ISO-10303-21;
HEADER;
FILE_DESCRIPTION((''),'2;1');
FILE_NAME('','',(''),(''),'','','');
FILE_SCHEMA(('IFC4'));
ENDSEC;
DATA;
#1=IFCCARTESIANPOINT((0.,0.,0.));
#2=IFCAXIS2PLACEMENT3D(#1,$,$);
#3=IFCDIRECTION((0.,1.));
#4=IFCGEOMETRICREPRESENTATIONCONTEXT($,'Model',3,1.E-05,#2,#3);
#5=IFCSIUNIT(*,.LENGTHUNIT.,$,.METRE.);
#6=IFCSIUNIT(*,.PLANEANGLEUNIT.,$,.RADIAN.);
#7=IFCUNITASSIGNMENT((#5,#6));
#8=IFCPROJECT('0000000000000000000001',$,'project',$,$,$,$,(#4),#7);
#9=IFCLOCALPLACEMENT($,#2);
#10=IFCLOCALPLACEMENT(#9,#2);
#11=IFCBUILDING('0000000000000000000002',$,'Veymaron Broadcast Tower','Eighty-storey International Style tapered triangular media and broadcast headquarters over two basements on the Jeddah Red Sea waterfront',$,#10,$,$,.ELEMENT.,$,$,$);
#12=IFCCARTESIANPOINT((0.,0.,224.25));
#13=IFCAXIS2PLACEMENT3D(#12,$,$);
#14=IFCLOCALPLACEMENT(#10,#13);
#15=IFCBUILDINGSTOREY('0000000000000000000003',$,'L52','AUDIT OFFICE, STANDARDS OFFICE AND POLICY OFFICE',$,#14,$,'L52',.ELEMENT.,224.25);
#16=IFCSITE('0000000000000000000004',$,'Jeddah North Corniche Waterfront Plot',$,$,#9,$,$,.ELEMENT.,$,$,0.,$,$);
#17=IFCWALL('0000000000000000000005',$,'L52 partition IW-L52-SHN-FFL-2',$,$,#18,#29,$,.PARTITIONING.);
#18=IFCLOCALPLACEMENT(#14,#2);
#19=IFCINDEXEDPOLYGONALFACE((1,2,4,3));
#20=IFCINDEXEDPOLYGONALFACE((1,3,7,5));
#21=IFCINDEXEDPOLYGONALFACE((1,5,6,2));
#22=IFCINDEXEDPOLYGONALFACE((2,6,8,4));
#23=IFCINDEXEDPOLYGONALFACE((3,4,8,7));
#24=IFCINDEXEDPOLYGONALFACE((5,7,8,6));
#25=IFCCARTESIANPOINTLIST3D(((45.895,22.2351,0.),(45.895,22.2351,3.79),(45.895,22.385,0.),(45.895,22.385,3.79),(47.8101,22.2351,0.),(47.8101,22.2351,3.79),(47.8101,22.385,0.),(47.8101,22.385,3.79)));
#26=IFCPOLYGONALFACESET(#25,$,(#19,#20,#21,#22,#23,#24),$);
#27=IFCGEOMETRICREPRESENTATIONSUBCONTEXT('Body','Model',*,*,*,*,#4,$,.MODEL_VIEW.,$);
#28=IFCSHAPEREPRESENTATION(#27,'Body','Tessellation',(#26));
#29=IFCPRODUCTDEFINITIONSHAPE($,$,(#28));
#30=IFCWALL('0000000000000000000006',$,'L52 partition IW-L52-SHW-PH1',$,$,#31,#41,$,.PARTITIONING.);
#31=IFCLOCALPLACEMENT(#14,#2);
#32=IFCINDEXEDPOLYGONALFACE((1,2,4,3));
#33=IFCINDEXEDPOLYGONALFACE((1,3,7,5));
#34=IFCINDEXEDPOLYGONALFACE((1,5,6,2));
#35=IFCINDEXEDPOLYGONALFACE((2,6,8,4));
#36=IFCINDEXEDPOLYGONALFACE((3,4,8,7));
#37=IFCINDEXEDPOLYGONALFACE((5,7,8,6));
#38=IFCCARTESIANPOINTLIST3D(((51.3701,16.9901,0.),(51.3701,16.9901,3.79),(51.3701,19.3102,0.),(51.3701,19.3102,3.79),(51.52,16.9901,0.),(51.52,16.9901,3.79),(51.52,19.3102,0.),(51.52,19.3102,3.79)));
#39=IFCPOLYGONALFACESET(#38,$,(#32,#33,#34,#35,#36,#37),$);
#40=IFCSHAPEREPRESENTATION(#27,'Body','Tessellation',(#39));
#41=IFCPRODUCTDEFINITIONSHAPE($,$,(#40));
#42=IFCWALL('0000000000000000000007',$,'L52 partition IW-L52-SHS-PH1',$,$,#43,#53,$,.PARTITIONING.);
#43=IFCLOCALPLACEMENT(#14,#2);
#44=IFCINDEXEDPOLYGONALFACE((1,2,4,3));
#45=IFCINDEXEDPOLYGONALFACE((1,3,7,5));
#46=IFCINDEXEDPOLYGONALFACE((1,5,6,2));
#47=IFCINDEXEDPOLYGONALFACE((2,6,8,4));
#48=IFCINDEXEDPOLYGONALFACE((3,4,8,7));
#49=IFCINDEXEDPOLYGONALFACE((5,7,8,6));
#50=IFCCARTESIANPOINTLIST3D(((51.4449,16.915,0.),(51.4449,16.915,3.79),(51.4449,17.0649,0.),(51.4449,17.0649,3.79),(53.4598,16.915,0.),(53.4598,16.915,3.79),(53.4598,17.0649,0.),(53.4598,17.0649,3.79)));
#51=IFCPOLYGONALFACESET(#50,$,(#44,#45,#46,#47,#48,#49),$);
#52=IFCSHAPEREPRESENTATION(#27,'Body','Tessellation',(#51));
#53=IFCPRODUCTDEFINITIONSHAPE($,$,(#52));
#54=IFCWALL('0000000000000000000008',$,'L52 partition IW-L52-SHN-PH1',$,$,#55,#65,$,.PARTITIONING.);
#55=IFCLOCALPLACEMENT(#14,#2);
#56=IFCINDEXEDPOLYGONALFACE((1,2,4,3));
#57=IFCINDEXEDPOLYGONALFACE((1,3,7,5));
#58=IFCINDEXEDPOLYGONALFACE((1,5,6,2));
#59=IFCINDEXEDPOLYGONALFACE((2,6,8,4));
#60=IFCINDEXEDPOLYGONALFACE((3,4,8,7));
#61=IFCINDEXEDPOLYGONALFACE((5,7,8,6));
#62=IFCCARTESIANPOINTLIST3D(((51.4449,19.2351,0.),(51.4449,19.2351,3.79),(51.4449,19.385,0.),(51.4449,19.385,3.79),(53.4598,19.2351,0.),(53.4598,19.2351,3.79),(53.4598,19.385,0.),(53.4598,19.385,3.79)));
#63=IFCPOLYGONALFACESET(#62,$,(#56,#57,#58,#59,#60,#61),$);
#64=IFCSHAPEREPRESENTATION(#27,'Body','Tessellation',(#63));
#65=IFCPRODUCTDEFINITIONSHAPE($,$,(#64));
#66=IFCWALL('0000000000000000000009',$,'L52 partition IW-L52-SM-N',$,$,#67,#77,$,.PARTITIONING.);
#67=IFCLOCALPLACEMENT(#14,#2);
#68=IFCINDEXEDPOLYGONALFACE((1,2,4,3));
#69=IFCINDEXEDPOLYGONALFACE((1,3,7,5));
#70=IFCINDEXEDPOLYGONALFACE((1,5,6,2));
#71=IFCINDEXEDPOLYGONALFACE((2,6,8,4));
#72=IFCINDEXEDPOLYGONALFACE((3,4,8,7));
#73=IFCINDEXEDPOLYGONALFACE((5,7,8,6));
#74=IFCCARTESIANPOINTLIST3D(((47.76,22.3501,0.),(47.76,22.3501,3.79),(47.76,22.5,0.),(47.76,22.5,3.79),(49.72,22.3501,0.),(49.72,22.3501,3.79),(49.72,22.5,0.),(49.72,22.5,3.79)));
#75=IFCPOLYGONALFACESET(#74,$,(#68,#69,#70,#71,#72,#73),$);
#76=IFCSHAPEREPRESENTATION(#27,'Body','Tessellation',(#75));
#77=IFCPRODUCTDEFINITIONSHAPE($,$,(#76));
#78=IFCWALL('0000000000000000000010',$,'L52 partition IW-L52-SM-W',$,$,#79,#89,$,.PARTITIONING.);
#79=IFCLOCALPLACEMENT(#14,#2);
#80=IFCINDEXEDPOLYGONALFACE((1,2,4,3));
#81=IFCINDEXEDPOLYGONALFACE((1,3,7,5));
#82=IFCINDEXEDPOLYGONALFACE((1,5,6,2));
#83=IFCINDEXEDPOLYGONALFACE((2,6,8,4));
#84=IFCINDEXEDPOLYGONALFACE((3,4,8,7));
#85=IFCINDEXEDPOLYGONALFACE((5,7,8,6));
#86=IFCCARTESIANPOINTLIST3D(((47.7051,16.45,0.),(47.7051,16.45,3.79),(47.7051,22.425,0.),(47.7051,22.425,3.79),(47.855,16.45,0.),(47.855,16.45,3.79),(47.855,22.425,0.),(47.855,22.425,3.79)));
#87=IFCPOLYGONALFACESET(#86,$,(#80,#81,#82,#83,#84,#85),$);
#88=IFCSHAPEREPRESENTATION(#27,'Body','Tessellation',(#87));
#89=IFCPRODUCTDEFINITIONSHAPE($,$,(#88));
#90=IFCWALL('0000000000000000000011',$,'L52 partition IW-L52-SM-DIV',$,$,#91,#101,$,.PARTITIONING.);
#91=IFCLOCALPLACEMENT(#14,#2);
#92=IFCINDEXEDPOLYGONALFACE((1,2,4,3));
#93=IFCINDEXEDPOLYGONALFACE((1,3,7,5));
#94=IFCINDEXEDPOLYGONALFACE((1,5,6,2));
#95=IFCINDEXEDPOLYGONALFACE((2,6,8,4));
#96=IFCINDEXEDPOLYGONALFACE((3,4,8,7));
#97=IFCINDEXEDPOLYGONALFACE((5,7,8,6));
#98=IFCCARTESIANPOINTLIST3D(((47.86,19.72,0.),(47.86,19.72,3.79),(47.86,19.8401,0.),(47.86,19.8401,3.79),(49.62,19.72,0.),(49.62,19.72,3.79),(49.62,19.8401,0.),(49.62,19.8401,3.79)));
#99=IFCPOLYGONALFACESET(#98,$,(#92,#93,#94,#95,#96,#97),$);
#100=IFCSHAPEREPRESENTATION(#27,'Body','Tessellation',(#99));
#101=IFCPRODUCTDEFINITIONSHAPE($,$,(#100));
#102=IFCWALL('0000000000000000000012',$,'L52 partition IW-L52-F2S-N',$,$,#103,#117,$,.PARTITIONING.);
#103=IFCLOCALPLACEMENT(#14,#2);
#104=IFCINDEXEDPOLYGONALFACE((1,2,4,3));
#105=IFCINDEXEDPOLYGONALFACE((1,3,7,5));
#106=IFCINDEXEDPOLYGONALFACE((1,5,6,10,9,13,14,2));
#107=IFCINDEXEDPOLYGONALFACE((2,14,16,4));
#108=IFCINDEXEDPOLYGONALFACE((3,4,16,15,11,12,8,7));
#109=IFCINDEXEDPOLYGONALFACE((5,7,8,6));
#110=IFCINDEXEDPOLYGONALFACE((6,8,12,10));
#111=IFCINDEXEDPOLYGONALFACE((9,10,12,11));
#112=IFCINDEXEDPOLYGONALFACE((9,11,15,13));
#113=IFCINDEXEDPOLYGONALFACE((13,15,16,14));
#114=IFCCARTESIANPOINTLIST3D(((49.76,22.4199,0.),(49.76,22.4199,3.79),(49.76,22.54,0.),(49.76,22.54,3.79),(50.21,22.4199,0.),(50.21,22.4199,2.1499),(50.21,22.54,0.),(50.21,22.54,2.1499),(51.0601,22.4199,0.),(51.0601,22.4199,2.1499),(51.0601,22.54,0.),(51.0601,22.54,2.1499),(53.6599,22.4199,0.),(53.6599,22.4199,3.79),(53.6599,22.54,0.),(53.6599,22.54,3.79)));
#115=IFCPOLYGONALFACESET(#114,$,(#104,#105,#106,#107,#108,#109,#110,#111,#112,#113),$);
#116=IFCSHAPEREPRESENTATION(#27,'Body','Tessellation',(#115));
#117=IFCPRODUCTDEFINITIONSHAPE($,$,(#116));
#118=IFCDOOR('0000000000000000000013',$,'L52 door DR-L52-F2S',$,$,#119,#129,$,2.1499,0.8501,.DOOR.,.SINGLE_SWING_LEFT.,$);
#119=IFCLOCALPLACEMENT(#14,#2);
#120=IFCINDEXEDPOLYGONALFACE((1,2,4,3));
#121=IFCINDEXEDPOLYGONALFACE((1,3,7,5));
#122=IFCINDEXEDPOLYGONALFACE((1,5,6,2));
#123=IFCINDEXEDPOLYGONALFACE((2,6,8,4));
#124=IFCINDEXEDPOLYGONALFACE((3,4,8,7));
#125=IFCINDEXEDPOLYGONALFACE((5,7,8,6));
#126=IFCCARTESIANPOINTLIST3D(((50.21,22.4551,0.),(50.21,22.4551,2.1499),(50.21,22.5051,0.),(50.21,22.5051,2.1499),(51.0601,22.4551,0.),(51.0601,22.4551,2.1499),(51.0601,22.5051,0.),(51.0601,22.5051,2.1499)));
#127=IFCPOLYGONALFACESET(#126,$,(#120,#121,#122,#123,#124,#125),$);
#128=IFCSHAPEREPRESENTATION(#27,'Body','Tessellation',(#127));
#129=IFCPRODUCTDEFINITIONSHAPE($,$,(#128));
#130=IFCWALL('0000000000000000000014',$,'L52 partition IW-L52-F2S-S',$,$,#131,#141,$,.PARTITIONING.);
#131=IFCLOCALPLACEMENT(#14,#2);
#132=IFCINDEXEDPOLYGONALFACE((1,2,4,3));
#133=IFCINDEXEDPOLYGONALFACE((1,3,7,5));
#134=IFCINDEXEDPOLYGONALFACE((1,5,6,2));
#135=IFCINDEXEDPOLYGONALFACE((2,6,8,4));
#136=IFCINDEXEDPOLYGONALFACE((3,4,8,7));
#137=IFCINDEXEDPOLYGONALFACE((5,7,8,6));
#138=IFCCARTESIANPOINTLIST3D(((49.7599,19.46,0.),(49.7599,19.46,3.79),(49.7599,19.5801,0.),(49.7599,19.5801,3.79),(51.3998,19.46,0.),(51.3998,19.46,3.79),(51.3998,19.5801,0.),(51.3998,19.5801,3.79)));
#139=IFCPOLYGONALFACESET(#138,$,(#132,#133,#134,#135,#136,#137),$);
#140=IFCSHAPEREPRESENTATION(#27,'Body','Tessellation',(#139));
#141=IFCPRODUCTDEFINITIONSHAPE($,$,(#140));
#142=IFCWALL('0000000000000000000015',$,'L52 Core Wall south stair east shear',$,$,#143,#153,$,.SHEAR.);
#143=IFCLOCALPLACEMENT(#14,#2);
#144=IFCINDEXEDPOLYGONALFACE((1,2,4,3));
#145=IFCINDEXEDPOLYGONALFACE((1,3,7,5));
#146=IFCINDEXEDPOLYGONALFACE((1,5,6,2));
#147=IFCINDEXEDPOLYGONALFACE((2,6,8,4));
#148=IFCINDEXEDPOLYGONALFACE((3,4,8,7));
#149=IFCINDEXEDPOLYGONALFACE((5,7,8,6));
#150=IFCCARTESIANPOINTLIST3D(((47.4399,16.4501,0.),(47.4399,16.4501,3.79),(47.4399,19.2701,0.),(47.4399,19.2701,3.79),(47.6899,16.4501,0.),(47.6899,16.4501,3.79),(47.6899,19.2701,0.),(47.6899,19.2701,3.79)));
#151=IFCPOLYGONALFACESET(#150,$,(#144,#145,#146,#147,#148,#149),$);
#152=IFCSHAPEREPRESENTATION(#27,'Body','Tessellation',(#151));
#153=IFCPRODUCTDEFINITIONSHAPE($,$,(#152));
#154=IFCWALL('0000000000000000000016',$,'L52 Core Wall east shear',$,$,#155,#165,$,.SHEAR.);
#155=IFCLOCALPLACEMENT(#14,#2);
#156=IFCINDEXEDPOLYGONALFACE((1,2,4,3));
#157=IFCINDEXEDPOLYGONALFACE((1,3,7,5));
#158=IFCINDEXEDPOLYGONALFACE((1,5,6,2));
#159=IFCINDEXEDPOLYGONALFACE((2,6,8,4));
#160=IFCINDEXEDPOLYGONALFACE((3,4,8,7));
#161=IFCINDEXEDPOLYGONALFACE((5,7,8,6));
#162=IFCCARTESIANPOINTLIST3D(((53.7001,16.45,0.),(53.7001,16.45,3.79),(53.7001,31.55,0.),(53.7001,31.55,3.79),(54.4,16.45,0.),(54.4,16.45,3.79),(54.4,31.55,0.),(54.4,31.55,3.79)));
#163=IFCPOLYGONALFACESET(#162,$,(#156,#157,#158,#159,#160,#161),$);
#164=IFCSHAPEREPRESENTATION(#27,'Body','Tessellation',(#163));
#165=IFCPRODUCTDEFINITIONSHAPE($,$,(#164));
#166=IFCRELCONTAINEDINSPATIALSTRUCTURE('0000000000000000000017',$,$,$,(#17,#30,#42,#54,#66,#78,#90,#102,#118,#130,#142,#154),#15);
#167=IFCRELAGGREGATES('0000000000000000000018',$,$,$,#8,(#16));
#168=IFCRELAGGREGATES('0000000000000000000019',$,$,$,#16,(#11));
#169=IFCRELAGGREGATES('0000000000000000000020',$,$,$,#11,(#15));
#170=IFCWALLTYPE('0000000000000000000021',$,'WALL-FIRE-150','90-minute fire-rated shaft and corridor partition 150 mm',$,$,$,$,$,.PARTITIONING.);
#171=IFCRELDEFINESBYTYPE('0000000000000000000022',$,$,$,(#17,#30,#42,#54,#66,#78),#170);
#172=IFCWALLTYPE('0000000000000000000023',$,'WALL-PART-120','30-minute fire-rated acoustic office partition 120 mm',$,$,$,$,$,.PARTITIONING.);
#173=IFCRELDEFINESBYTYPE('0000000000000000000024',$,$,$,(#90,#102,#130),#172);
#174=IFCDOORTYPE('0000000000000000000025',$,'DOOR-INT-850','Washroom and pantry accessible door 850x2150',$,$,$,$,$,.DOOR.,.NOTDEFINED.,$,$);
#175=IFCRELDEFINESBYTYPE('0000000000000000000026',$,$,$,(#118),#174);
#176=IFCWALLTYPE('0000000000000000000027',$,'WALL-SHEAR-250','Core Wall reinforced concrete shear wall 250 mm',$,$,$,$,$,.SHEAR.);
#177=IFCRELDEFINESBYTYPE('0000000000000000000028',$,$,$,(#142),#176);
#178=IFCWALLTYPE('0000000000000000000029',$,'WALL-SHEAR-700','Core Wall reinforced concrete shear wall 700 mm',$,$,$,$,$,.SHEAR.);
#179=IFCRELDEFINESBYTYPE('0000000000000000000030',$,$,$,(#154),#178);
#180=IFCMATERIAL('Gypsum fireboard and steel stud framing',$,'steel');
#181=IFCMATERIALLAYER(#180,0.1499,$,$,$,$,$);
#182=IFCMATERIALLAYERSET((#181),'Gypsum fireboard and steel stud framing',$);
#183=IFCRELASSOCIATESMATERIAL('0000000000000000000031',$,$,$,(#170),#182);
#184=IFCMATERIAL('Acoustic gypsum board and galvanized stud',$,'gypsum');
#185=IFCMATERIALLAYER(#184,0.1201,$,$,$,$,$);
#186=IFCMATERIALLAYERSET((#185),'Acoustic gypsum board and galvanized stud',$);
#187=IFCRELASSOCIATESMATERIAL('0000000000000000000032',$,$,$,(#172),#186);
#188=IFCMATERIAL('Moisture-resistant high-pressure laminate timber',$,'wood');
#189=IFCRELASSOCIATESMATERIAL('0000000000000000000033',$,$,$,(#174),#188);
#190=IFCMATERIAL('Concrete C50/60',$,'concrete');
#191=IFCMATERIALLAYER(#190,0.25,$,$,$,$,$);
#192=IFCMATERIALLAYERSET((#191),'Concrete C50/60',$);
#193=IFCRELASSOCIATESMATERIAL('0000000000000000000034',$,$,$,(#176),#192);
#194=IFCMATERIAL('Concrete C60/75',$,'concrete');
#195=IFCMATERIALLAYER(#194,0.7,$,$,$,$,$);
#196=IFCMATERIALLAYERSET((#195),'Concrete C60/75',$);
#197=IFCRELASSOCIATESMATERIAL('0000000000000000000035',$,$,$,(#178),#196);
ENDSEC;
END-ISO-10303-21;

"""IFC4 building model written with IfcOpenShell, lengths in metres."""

from ifc_helpers import new_model, si_unit, direction, frame, frame_2d, origin, place, context, subcontext, project, spatial, rectangle, extrude, material, layer, layer_set, type_object, element, fill, save


model = new_model("IFC4")

# Units and contexts
model_context = context("Model", 3, precision=1e-05, world=origin(), true_north=direction((0.0, 1.0)))
body_context = subcontext(model_context, "Body", "Model", "MODEL_VIEW")
ifc_project = project(units=[si_unit("LENGTHUNIT", "METRE"), si_unit("PLANEANGLEUNIT", "RADIAN")], contexts=[model_context])

# Site, building, storey
site_placement = place(None, origin())
site = spatial("IfcSite", under=ifc_project, at=site_placement, Name="Jeddah North Corniche Waterfront Plot", CompositionType="ELEMENT", RefElevation=0.0)
building_placement = place(site_placement, origin())
building = spatial("IfcBuilding", under=site, at=building_placement, Name="Veymaron Broadcast Tower", Description="Eighty-storey International Style tapered triangular media and broadcast headquarters over two basements on the Jeddah Red Sea waterfront", CompositionType="ELEMENT")
storey_placement = place(building_placement, frame((0.0, 0.0, 224.25)))
storey = spatial("IfcBuildingStorey", under=building, at=storey_placement, Name="L52", Description="AUDIT OFFICE, STANDARDS OFFICE AND POLICY OFFICE", LongName="L52", CompositionType="ELEMENT", Elevation=224.25)

# Shared definitions
ifc_material_1 = material(Name="Gypsum fireboard and steel stud framing", Category="steel")
ifc_layer_1 = layer(ifc_material_1, 0.1499)
ifc_layer_set_1 = layer_set([ifc_layer_1], Name="Gypsum fireboard and steel stud framing")
wall_type_1 = type_object("IfcWallType", Name="WALL-FIRE-150", Description="90-minute fire-rated shaft and corridor partition 150 mm", PredefinedType="PARTITIONING", material=ifc_layer_set_1)

# Walls
wall_1_placement = place(storey_placement, frame((45.895, 22.3101, 0.0), z_axis=(0.0, 0.0, 1.0), x_axis=(1.0, 0.0, 0.0)))
element("IfcWall", 1, at=wall_1_placement, inside=storey, type_object=wall_type_1, Name="L52 partition IW-L52-SHN-FFL-2", PredefinedType="PARTITIONING", context=body_context, shape_type="SweptSolid", body=[
    extrude(rectangle(XDim=1.915, YDim=0.1499, at=frame_2d((0.9575, 0.0))), origin(), (0.0, 0.0, 1.0), 3.79),
])
wall_2_placement = place(storey_placement, frame((51.4451, 16.99, 0.0), z_axis=(0.0, 0.0, 1.0), x_axis=(0.0, 1.0, 0.0)))
element("IfcWall", 2, at=wall_2_placement, inside=storey, type_object=wall_type_1, Name="L52 partition IW-L52-SHW-PH1", PredefinedType="PARTITIONING", context=body_context, shape_type="SweptSolid", body=[
    extrude(rectangle(XDim=2.3201, YDim=0.1499, at=frame_2d((1.1602, 0.0))), origin(), (0.0, 0.0, 1.0), 3.79),
])
for number, where, z_axis, x_axis, name in (
    (3, (51.4451, 16.99, 0.0), (0.0, 0.0, 1.0), (1.0, 0.0, 0.0), "L52 partition IW-L52-SHS-PH1"),
    (4, (51.4451, 19.3101, 0.0), (0.0, 0.0, 1.0), (1.0, 0.0, 0.0), "L52 partition IW-L52-SHN-PH1"),
):
    element("IfcWall", number, at=place(storey_placement, frame(where, z_axis=z_axis, x_axis=x_axis)), inside=storey, type_object=wall_type_1, Name=name, PredefinedType="PARTITIONING", context=body_context, shape_type="SweptSolid", body=[
        extrude(rectangle(XDim=2.0149, YDim=0.1499, at=frame_2d((1.0073, 0.0))), origin(), (0.0, 0.0, 1.0), 3.79),
    ])

# Walls
wall_3_placement = place(storey_placement, frame((47.76, 22.425, 0.0), z_axis=(0.0, 0.0, 1.0), x_axis=(1.0, 0.0, 0.0)))
element("IfcWall", 5, at=wall_3_placement, inside=storey, type_object=wall_type_1, Name="L52 partition IW-L52-SM-N", PredefinedType="PARTITIONING", context=body_context, shape_type="SweptSolid", body=[
    extrude(rectangle(XDim=1.96, YDim=0.1499, at=frame_2d((0.98, 0.0))), origin(), (0.0, 0.0, 1.0), 3.79),
])
wall_4_placement = place(storey_placement, frame((47.78, 16.45, 0.0), z_axis=(0.0, 0.0, 1.0), x_axis=(0.0, 1.0, 0.0)))
element("IfcWall", 6, at=wall_4_placement, inside=storey, type_object=wall_type_1, Name="L52 partition IW-L52-SM-W", PredefinedType="PARTITIONING", context=body_context, shape_type="SweptSolid", body=[
    extrude(rectangle(XDim=5.9751, YDim=0.1499, at=frame_2d((2.9875, 0.0))), origin(), (0.0, 0.0, 1.0), 3.79),
])
ifc_material_2 = material(Name="Acoustic gypsum board and galvanized stud", Category="gypsum")
ifc_layer_2 = layer(ifc_material_2, 0.1201)
ifc_layer_set_2 = layer_set([ifc_layer_2], Name="Acoustic gypsum board and galvanized stud")
wall_type_2 = type_object("IfcWallType", Name="WALL-PART-120", Description="30-minute fire-rated acoustic office partition 120 mm", PredefinedType="PARTITIONING", material=ifc_layer_set_2)
wall_5_placement = place(storey_placement, frame((47.8601, 19.78, 0.0), z_axis=(0.0, 0.0, 1.0), x_axis=(1.0, 0.0, 0.0)))
element("IfcWall", 7, at=wall_5_placement, inside=storey, type_object=wall_type_2, Name="L52 partition IW-L52-SM-DIV", PredefinedType="PARTITIONING", context=body_context, shape_type="SweptSolid", body=[
    extrude(rectangle(XDim=1.76, YDim=0.1201, at=frame_2d((0.8799, 0.0))), origin(), (0.0, 0.0, 1.0), 3.79),
])

# Shared definitions
ifc_material_3 = material(Name="Moisture-resistant high-pressure laminate timber", Category="wood")
door_type_1 = type_object("IfcDoorType", Name="DOOR-INT-850", Description="Washroom and pantry accessible door 850x2150", OperationType="NOTDEFINED", PredefinedType="DOOR", material=ifc_material_3)

# Wall, opening, door
wall_6_placement = place(storey_placement, frame((49.76, 22.48, 0.0), z_axis=(0.0, 0.0, 1.0), x_axis=(1.0, 0.0, 0.0)))
wall_6 = element("IfcWall", 8, at=wall_6_placement, inside=storey, type_object=wall_type_2, Name="L52 partition IW-L52-F2S-N", PredefinedType="PARTITIONING", context=body_context, shape_type="SweptSolid", body=[
    extrude(rectangle(XDim=3.8999, YDim=0.1201, at=frame_2d((1.95, 0.0))), origin(), (0.0, 0.0, 1.0), 3.79),
])
opening_1_placement = place(wall_6_placement, frame((0.45, 0.0, 0.0)))
opening_1 = element("IfcOpeningElement", 9, at=opening_1_placement, cuts=wall_6, PredefinedType="OPENING", context=body_context, shape_type="SweptSolid", body=[
    extrude(rectangle(XDim=0.8501, YDim=2.1499, at=frame_2d((0.425, 1.075))), frame((0.0, 0.0701, 0.0), z_axis=(0.0, -1.0, 0.0), x_axis=(1.0, 0.0, 0.0)), (0.0, 0.0, 1.0), 0.1401),
])
door_1_placement = place(opening_1_placement, frame((0.8501, 0.0, 0.0), z_axis=(0.0, 0.0, 1.0), x_axis=(-1.0, 0.0, 0.0)))
door_1 = element("IfcDoor", 10, at=door_1_placement, inside=storey, type_object=door_type_1, Name="L52 door DR-L52-F2S", OperationType="SINGLE_SWING_LEFT", OverallHeight=2.1499, OverallWidth=0.8501, PredefinedType="DOOR", context=body_context, shape_type="SweptSolid", body=[
    extrude(rectangle(XDim=0.8501, YDim=2.1499, at=frame_2d((0.425, 1.075))), frame((0.0, 0.0249, 0.0), z_axis=(0.0, -1.0, 0.0), x_axis=(1.0, 0.0, 0.0)), (0.0, 0.0, 1.0), 0.05),
])
fill(opening_1, door_1)

# Walls
wall_7_placement = place(storey_placement, frame((49.76, 19.52, 0.0), z_axis=(0.0, 0.0, 1.0), x_axis=(1.0, 0.0, 0.0)))
element("IfcWall", 11, at=wall_7_placement, inside=storey, type_object=wall_type_2, Name="L52 partition IW-L52-F2S-S", PredefinedType="PARTITIONING", context=body_context, shape_type="SweptSolid", body=[
    extrude(rectangle(XDim=1.6399, YDim=0.1201, at=frame_2d((0.8198, 0.0))), origin(), (0.0, 0.0, 1.0), 3.79),
])
ifc_material_4 = material(Name="Concrete C50/60", Category="concrete")
ifc_layer_3 = layer(ifc_material_4, 0.25)
ifc_layer_set_3 = layer_set([ifc_layer_3], Name="Concrete C50/60")
wall_type_3 = type_object("IfcWallType", Name="WALL-SHEAR-250", Description="Core Wall reinforced concrete shear wall 250 mm", PredefinedType="SHEAR", material=ifc_layer_set_3)
wall_8_placement = place(storey_placement, frame((47.5649, 16.45, 0.0), z_axis=(0.0, 0.0, 1.0), x_axis=(0.0, 1.0, 0.0)))
element("IfcWall", 12, at=wall_8_placement, inside=storey, type_object=wall_type_3, Name="L52 Core Wall south stair east shear", PredefinedType="SHEAR", context=body_context, shape_type="SweptSolid", body=[
    extrude(rectangle(XDim=2.8201, YDim=0.25, at=frame_2d((1.4102, 0.0))), origin(), (0.0, 0.0, 1.0), 3.79),
])
ifc_material_5 = material(Name="Concrete C60/75", Category="concrete")
ifc_layer_4 = layer(ifc_material_5, 0.7)
ifc_layer_set_4 = layer_set([ifc_layer_4], Name="Concrete C60/75")
wall_type_4 = type_object("IfcWallType", Name="WALL-SHEAR-700", Description="Core Wall reinforced concrete shear wall 700 mm", PredefinedType="SHEAR", material=ifc_layer_set_4)
wall_9_placement = place(storey_placement, frame((54.05, 16.45, 0.0), z_axis=(0.0, 0.0, 1.0), x_axis=(0.0, 1.0, 0.0)))
element("IfcWall", 13, at=wall_9_placement, inside=storey, type_object=wall_type_4, Name="L52 Core Wall east shear", PredefinedType="SHEAR", context=body_context, shape_type="SweptSolid", body=[
    extrude(rectangle(XDim=15.1001, YDim=0.7, at=frame_2d((7.55, 0.0))), origin(), (0.0, 0.0, 1.0), 3.79),
])

save(model, "model.ifc")
